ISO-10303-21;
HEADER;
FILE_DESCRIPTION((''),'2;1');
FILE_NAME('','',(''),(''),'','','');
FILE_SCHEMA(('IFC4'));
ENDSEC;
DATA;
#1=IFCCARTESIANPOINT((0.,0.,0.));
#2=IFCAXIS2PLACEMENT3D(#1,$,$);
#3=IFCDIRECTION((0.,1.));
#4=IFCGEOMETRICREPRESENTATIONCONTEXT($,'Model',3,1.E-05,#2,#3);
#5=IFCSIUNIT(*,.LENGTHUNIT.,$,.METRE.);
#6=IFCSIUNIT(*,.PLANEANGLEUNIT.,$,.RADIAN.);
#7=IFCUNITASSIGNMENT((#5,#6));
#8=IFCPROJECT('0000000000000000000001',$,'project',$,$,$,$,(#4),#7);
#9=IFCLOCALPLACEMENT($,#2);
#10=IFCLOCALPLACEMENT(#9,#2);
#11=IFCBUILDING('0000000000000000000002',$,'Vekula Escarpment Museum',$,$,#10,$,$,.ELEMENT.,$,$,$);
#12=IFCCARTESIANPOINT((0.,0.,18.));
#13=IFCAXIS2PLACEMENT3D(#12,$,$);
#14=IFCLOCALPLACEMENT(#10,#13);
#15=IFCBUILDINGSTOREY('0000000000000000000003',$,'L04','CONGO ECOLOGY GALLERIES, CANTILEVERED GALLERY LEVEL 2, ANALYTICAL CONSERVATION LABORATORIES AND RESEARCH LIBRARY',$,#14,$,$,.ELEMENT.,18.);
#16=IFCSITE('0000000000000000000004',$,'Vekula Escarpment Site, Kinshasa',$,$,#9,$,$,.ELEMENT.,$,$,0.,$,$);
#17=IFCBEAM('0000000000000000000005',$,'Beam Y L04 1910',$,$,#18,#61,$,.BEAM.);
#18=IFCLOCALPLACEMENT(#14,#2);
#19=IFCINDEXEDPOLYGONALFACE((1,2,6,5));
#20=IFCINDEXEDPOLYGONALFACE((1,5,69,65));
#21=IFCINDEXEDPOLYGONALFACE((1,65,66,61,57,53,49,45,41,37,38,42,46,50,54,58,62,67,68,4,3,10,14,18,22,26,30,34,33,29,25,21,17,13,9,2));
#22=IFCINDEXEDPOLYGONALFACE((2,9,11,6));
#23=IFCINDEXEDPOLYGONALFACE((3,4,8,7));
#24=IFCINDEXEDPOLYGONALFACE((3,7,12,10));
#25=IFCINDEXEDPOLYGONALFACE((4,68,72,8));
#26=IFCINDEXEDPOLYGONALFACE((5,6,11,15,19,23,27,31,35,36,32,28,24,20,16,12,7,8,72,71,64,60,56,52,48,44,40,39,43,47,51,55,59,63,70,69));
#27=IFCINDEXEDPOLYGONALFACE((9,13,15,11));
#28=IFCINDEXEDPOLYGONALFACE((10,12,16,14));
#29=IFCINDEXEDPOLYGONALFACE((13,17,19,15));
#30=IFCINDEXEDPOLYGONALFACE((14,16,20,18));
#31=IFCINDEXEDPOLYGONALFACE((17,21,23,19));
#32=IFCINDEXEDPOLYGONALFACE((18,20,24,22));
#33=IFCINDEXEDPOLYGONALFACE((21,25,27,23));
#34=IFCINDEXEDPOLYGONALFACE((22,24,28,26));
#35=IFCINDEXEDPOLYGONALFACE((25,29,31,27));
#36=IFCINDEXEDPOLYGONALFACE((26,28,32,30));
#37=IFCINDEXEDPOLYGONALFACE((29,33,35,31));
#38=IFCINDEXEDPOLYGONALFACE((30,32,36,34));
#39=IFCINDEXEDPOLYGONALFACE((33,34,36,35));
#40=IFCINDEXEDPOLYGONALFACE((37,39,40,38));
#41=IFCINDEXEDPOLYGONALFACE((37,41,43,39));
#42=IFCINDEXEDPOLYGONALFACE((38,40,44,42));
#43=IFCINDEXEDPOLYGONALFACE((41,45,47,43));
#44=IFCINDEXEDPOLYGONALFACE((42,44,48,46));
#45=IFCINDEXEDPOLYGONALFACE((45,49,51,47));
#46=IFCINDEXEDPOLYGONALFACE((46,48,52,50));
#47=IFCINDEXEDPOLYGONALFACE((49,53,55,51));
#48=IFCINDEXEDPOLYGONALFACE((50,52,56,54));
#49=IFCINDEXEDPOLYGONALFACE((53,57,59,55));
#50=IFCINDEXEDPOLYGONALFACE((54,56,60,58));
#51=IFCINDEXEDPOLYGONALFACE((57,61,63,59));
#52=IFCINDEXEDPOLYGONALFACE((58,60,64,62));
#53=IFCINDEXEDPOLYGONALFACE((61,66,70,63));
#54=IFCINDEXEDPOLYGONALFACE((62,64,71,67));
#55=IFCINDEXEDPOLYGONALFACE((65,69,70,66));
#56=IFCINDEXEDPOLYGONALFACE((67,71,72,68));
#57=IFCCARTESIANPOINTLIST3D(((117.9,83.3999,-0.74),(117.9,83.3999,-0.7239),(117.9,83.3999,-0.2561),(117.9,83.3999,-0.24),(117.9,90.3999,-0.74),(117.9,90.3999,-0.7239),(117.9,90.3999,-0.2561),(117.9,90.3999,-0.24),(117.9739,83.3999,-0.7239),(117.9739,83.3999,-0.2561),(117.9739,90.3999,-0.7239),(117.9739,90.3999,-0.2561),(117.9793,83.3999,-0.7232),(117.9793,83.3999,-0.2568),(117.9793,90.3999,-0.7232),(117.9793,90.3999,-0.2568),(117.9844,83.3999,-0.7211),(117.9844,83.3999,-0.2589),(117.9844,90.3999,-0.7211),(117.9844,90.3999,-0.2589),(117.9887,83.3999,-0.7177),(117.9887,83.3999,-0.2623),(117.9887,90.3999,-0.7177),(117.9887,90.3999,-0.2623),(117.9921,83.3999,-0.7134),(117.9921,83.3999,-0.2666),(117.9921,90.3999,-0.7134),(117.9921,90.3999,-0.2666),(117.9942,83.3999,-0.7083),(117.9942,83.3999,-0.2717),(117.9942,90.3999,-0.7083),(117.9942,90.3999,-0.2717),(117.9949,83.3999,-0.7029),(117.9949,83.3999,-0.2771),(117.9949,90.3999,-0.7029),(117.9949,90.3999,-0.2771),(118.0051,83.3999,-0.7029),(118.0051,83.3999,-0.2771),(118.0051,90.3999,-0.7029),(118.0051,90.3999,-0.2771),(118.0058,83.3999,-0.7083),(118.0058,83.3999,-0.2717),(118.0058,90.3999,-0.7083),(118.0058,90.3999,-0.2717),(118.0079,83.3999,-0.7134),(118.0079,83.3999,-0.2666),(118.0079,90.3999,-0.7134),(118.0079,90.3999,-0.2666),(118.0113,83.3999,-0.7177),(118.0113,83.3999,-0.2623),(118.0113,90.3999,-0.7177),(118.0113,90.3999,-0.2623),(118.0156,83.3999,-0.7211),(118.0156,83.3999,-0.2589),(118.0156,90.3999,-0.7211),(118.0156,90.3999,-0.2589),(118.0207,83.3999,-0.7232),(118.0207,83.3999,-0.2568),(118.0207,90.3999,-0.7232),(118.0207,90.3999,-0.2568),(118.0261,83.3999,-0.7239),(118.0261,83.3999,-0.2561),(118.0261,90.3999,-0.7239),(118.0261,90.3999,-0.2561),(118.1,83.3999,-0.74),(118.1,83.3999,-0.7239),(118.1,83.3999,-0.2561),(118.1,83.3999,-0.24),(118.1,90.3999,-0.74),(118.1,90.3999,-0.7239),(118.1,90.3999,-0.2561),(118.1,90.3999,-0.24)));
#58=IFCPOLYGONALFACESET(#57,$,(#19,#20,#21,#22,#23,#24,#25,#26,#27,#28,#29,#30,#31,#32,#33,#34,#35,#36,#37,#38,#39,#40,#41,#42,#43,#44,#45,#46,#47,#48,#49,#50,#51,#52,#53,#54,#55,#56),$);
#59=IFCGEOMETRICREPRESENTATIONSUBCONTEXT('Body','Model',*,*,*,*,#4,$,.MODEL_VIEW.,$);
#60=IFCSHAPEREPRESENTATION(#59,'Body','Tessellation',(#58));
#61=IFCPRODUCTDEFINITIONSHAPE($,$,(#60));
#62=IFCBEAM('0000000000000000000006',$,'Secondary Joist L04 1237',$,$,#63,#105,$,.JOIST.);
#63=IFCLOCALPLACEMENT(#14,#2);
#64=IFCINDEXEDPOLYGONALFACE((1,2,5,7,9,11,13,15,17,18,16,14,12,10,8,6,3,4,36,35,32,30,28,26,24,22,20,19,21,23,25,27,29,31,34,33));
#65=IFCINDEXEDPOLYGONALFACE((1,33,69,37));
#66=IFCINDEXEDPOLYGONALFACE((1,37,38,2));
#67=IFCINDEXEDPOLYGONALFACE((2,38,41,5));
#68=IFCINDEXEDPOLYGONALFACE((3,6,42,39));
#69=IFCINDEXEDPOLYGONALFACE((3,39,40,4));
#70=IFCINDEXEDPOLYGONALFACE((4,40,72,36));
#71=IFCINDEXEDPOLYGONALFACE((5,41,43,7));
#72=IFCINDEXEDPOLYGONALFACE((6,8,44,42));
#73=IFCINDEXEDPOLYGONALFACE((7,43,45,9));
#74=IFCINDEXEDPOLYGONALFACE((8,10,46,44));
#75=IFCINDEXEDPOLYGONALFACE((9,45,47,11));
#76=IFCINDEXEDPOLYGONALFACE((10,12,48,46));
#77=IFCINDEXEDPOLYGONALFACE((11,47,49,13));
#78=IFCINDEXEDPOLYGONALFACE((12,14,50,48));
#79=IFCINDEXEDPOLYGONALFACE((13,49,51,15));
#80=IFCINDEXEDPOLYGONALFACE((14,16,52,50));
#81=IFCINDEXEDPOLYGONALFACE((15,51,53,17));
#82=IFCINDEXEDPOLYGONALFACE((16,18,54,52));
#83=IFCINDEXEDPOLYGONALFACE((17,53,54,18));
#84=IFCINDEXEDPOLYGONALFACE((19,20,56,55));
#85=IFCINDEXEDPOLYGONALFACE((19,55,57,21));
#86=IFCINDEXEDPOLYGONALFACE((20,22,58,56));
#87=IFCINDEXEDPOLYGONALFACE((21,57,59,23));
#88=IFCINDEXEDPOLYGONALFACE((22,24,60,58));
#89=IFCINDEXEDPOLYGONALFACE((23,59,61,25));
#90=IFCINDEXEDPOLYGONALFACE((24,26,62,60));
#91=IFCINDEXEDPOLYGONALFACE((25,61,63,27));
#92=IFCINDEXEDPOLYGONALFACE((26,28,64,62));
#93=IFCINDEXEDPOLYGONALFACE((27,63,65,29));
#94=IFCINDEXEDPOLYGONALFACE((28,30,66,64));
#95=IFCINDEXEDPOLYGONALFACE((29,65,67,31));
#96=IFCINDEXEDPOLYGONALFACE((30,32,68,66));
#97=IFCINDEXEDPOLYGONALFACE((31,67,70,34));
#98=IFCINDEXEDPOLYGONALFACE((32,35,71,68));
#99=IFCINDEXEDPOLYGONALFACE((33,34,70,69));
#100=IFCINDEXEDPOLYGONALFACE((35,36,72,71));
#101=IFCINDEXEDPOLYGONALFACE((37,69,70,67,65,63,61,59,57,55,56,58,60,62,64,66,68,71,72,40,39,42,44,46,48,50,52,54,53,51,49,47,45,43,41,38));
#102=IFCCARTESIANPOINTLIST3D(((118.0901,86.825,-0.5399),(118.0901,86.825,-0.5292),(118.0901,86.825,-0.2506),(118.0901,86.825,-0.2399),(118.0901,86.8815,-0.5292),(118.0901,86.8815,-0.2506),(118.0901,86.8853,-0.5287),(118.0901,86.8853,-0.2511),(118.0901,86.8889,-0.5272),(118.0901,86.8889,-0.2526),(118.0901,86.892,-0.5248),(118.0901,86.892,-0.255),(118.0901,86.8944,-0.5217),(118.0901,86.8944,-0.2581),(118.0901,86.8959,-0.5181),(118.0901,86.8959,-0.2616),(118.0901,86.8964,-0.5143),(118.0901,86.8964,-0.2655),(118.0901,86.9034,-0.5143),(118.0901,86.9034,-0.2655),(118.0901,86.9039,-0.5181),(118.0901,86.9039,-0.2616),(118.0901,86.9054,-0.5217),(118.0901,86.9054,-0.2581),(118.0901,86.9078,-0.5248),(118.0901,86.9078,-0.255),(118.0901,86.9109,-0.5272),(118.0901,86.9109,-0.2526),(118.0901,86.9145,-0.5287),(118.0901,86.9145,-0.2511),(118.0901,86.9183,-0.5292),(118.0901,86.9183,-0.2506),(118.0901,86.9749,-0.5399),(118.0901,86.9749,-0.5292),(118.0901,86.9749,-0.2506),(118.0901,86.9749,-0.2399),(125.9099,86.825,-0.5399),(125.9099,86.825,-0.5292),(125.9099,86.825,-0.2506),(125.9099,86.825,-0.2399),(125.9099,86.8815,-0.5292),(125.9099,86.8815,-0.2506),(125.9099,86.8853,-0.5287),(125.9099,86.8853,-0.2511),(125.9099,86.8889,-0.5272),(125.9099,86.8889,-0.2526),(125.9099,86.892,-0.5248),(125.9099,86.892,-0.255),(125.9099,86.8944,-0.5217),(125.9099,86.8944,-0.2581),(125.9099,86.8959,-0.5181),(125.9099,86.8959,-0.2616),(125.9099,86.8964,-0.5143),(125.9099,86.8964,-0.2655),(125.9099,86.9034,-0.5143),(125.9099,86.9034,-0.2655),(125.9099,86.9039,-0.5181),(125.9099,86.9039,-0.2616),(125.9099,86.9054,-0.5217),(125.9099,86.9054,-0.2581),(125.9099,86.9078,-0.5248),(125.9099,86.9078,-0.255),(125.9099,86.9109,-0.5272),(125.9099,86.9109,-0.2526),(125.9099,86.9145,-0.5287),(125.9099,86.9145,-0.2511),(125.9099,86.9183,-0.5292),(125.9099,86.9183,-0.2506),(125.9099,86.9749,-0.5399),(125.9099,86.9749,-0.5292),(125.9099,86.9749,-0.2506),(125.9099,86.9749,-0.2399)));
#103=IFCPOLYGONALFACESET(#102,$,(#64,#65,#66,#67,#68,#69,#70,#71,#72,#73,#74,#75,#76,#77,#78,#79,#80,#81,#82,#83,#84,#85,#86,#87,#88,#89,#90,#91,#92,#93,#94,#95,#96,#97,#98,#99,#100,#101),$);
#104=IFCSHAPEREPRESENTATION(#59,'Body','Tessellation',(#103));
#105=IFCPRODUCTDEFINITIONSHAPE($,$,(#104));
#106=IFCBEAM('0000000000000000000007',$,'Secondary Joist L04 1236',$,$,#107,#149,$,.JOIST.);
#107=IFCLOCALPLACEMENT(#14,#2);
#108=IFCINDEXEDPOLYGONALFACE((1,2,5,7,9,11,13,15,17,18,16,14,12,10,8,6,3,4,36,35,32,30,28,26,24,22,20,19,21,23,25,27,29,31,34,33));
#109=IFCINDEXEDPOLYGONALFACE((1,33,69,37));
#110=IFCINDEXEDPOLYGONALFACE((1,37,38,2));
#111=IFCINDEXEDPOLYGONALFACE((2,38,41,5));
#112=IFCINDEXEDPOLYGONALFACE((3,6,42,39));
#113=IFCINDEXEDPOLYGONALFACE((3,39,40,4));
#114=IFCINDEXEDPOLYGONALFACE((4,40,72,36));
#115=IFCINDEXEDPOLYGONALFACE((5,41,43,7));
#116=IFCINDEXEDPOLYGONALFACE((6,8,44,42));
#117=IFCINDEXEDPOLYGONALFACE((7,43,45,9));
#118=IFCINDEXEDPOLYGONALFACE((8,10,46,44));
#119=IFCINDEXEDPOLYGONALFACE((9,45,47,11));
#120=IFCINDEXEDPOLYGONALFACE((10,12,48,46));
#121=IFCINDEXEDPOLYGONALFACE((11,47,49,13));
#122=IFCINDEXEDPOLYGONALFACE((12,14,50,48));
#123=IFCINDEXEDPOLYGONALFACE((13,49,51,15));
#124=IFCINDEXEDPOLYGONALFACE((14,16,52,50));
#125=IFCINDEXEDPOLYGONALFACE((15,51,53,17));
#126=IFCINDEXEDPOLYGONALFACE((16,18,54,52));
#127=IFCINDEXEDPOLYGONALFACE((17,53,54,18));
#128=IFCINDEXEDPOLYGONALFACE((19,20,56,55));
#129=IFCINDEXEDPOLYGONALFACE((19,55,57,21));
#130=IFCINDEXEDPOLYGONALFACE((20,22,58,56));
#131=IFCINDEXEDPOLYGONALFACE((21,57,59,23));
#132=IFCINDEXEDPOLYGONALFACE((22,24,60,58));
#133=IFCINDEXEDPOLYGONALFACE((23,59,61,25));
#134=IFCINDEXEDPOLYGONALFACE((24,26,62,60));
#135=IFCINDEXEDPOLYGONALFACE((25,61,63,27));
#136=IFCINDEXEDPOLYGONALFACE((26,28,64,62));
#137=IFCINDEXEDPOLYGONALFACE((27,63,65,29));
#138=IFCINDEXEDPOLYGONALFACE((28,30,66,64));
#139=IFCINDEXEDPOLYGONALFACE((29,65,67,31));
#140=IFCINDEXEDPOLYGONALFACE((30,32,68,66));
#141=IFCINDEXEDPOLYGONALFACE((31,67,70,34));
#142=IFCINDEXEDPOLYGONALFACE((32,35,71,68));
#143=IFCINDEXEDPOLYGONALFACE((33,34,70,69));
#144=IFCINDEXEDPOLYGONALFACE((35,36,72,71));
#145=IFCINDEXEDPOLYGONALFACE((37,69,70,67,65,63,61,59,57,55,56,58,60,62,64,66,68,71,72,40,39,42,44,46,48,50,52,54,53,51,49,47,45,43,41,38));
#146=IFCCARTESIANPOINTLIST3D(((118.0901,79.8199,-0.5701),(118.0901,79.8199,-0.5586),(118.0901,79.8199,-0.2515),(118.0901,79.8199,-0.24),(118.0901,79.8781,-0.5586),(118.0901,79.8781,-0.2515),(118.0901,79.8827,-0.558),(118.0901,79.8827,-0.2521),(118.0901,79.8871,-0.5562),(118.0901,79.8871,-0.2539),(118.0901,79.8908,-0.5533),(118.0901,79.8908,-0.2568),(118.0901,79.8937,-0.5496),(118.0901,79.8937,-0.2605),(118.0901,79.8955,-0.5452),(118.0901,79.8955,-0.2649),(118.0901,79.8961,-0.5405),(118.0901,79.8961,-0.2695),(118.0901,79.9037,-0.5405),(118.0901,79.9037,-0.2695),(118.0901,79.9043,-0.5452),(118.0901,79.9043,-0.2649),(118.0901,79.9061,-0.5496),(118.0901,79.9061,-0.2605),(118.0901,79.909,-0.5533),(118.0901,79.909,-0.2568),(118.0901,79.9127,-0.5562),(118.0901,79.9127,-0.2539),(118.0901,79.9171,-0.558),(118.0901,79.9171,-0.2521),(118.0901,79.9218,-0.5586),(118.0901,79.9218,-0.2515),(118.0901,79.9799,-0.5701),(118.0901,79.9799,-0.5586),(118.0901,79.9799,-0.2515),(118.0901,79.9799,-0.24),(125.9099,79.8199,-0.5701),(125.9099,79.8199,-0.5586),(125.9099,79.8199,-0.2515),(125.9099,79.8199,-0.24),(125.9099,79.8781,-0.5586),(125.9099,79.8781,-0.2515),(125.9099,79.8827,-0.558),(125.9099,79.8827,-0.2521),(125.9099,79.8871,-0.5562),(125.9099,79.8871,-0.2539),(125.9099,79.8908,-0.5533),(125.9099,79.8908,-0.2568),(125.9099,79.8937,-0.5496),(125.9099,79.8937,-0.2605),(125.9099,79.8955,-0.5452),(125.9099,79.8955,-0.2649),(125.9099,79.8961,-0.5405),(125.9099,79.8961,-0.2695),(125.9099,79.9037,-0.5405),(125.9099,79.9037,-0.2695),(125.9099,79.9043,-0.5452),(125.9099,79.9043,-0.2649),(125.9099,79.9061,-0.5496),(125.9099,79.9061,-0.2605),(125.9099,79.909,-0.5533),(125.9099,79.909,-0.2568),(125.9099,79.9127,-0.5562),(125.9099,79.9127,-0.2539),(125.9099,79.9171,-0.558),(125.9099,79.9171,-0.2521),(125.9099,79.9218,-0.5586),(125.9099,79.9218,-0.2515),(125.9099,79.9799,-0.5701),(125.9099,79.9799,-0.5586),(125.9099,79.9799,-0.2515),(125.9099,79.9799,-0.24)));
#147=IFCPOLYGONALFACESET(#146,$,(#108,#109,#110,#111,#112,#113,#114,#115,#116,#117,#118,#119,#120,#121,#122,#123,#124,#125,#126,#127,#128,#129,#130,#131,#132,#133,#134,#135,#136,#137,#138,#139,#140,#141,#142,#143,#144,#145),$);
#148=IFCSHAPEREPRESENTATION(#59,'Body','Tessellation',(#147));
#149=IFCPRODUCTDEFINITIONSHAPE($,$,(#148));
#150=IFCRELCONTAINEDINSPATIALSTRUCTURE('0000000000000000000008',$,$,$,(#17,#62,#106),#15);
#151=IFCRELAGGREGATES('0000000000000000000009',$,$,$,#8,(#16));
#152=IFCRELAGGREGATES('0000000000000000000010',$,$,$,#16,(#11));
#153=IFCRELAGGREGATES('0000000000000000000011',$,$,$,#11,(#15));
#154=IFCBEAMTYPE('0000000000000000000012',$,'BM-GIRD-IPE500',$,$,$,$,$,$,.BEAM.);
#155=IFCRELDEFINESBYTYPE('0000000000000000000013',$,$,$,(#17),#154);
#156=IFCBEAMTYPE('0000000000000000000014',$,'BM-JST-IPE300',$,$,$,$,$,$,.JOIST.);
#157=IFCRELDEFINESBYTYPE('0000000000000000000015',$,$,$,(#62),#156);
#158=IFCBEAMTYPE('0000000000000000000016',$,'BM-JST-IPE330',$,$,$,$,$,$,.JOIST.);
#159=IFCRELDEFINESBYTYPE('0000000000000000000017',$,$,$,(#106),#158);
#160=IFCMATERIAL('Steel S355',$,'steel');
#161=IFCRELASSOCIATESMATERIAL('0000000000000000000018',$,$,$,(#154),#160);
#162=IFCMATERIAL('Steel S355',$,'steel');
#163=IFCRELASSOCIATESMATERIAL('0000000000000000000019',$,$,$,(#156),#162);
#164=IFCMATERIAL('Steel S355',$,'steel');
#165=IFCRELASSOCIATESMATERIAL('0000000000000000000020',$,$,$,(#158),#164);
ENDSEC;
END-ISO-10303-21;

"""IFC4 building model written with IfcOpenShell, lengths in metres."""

from ifc_helpers import new_model, si_unit, direction, frame, origin, origin_2d, place, context, subcontext, project, spatial, i_section, extrude, material, material_profile, profile_set, type_object, element, save


model = new_model("IFC4")

# Units and contexts
model_context = context("Model", 3, precision=1e-05, world=origin(), true_north=direction((0.0, 1.0)))
body_context = subcontext(model_context, "Body", "Model", "MODEL_VIEW")
ifc_project = project(units=[si_unit("LENGTHUNIT", "METRE"), si_unit("PLANEANGLEUNIT", "RADIAN")], contexts=[model_context])

# Site, building, storey
site_placement = place(None, origin())
site = spatial("IfcSite", under=ifc_project, at=site_placement, Name="Vekula Escarpment Site, Kinshasa", CompositionType="ELEMENT", RefElevation=0.0)
building_placement = place(site_placement, origin())
building = spatial("IfcBuilding", under=site, at=building_placement, Name="Vekula Escarpment Museum", CompositionType="ELEMENT")
storey_placement = place(building_placement, frame((0.0, 0.0, 18.0)))
storey = spatial("IfcBuildingStorey", under=building, at=storey_placement, Name="L04", Description="CONGO ECOLOGY GALLERIES, CANTILEVERED GALLERY LEVEL 2, ANALYTICAL CONSERVATION LABORATORIES AND RESEARCH LIBRARY", CompositionType="ELEMENT", Elevation=18.0)

# Beams
ifc_material_1 = material(Name="Steel S355", Category="steel")
ifc_material_profile_1 = material_profile(ifc_material_1, i_section(OverallWidth=0.2, OverallDepth=0.5, WebThickness=0.0103, FlangeThickness=0.0161, FilletRadius=0.021, at=origin_2d()), Name="IPE 500")
ifc_profile_set_1 = profile_set([ifc_material_profile_1], Name="Steel S355")
beam_type_1 = type_object("IfcBeamType", Name="BM-GIRD-IPE500", PredefinedType="BEAM", material=ifc_profile_set_1)
for number, where, z_axis, x_axis, name in (
    (1, (118.0, 83.3999, -0.49), (0.0, 1.0, 0.0), (-1.0, 0.0, 0.0), "Beam Y L04 1910"),
):
    element("IfcBeam", number, at=place(storey_placement, frame(where, z_axis=z_axis, x_axis=x_axis)), inside=storey, type_object=beam_type_1, Name=name, PredefinedType="BEAM", context=body_context, shape_type="SweptSolid", body=[
        extrude(i_section(OverallWidth=0.2, OverallDepth=0.5, WebThickness=0.0103, FlangeThickness=0.0161, FilletRadius=0.021, at=origin_2d()), origin(), (0.0, 0.0, 1.0), 7.0),
    ])
ifc_material_2 = material(Name="Steel S355", Category="steel")
ifc_material_profile_2 = material_profile(ifc_material_2, i_section(OverallWidth=0.1499, OverallDepth=0.3, WebThickness=0.0071, FlangeThickness=0.0107, FilletRadius=0.0149, at=origin_2d()), Name="IPE 300")
ifc_profile_set_2 = profile_set([ifc_material_profile_2], Name="Steel S355")
beam_type_2 = type_object("IfcBeamType", Name="BM-JST-IPE300", PredefinedType="JOIST", material=ifc_profile_set_2)
beam_1_placement = place(storey_placement, frame((118.0901, 86.8999, -0.3899), z_axis=(1.0, 0.0, 0.0), x_axis=(0.0, 1.0, 0.0)))
element("IfcBeam", 2, at=beam_1_placement, inside=storey, type_object=beam_type_2, Name="Secondary Joist L04 1237", PredefinedType="JOIST", context=body_context, shape_type="SweptSolid", body=[
    extrude(i_section(OverallWidth=0.1499, OverallDepth=0.3, WebThickness=0.0071, FlangeThickness=0.0107, FilletRadius=0.0149, at=origin_2d()), origin(), (0.0, 0.0, 1.0), 7.8198),
])
ifc_material_3 = material(Name="Steel S355", Category="steel")
ifc_material_profile_3 = material_profile(ifc_material_3, i_section(OverallWidth=0.1599, OverallDepth=0.3301, WebThickness=0.0076, FlangeThickness=0.0115, FilletRadius=0.0181, at=origin_2d()), Name="IPE 330")
ifc_profile_set_3 = profile_set([ifc_material_profile_3], Name="Steel S355")
beam_type_3 = type_object("IfcBeamType", Name="BM-JST-IPE330", PredefinedType="JOIST", material=ifc_profile_set_3)
beam_2_placement = place(storey_placement, frame((118.0901, 79.8999, -0.405), z_axis=(1.0, 0.0, 0.0), x_axis=(0.0, 1.0, 0.0)))
element("IfcBeam", 3, at=beam_2_placement, inside=storey, type_object=beam_type_3, Name="Secondary Joist L04 1236", PredefinedType="JOIST", context=body_context, shape_type="SweptSolid", body=[
    extrude(i_section(OverallWidth=0.1599, OverallDepth=0.3301, WebThickness=0.0076, FlangeThickness=0.0115, FilletRadius=0.0181, at=origin_2d()), origin(), (0.0, 0.0, 1.0), 7.8198),
])

save(model, "model.ifc")
